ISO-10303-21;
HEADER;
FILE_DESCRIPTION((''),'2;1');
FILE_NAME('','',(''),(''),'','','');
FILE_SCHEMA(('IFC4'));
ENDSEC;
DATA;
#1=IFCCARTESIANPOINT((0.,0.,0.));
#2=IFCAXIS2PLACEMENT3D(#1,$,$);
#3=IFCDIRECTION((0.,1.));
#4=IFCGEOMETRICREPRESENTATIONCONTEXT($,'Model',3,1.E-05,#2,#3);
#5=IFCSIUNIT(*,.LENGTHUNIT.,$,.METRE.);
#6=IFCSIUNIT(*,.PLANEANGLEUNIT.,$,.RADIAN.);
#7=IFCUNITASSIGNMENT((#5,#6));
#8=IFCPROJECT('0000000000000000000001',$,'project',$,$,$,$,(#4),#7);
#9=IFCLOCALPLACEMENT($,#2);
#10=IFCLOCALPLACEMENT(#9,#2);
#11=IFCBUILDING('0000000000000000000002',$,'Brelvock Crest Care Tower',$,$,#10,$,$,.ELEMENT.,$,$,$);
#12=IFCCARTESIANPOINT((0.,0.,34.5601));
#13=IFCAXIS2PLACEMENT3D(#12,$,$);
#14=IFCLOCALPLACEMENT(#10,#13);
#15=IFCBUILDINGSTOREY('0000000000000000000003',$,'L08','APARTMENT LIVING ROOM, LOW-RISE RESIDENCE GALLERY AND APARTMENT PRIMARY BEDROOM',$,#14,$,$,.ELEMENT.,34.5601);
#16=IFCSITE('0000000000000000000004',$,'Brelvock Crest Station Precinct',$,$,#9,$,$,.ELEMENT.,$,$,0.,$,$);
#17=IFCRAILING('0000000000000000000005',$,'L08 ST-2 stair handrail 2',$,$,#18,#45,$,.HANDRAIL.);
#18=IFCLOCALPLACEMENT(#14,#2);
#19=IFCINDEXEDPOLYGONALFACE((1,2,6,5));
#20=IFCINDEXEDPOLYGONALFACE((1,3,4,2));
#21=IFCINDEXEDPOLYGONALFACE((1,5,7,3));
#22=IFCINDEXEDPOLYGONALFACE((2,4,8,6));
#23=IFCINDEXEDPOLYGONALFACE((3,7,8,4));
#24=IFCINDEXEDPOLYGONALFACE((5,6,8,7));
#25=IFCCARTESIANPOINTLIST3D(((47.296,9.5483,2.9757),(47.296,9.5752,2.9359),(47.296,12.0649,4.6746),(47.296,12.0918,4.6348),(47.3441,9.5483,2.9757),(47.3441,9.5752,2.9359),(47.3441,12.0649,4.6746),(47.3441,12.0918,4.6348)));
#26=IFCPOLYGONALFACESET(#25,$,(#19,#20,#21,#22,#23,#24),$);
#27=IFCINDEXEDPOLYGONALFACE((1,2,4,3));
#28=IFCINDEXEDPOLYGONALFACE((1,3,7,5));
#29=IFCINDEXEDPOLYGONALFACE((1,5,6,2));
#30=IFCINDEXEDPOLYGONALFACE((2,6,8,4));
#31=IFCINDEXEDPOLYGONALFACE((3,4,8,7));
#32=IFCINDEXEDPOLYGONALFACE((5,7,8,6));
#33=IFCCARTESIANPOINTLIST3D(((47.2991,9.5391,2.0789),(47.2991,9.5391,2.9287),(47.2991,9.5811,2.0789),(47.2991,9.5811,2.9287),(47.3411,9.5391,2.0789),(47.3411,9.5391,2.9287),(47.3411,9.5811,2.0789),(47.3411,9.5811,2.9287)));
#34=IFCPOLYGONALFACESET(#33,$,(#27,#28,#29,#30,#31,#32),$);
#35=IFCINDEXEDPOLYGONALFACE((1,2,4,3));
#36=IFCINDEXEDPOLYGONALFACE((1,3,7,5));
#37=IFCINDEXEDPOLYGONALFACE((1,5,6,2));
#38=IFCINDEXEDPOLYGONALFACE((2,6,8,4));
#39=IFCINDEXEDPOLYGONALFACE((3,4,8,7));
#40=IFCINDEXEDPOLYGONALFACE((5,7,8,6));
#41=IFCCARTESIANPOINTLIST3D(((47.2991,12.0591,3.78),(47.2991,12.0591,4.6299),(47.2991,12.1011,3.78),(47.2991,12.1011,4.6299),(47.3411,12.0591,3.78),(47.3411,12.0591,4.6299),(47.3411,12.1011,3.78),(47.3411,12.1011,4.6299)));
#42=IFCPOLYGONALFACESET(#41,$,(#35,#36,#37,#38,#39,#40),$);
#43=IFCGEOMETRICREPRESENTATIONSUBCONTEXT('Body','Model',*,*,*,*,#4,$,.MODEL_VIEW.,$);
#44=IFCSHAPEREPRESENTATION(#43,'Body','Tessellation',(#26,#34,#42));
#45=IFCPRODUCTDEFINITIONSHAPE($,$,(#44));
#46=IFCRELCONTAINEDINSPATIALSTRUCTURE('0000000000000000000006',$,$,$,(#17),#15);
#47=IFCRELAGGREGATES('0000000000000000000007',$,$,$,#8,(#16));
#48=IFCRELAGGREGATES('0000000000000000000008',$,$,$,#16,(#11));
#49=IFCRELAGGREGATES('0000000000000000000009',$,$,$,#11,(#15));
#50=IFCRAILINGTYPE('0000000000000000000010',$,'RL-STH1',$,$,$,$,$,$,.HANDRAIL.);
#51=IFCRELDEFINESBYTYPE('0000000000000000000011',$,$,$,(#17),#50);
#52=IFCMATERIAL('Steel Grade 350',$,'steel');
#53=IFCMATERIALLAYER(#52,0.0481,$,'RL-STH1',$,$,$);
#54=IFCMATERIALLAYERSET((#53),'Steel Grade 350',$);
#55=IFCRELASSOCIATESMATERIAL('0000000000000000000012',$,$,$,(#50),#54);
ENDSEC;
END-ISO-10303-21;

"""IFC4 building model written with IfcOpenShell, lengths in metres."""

from ifc_helpers import new_model, si_unit, direction, frame, origin, origin_2d, place, context, subcontext, project, spatial, rectangle, extrude, material, layer, layer_set, type_object, element, save


model = new_model("IFC4")

# Units and contexts
model_context = context("Model", 3, precision=1e-05, world=origin(), true_north=direction((0.0, 1.0)))
body_context = subcontext(model_context, "Body", "Model", "MODEL_VIEW")
ifc_project = project(units=[si_unit("LENGTHUNIT", "METRE"), si_unit("PLANEANGLEUNIT", "RADIAN")], contexts=[model_context])

# Site, building, storey
site_placement = place(None, origin())
site = spatial("IfcSite", under=ifc_project, at=site_placement, Name="Brelvock Crest Station Precinct", CompositionType="ELEMENT", RefElevation=0.0)
building_placement = place(site_placement, origin())
building = spatial("IfcBuilding", under=site, at=building_placement, Name="Brelvock Crest Care Tower", CompositionType="ELEMENT")
storey_placement = place(building_placement, frame((0.0, 0.0, 34.5601)))
storey = spatial("IfcBuildingStorey", under=building, at=storey_placement, Name="L08", Description="APARTMENT LIVING ROOM, LOW-RISE RESIDENCE GALLERY AND APARTMENT PRIMARY BEDROOM", CompositionType="ELEMENT", Elevation=34.5601)

# Shared definitions
ifc_material_1 = material(Name="Steel Grade 350", Category="steel")

# Railing
ifc_layer_1 = layer(ifc_material_1, 0.0481, Name="RL-STH1")
ifc_layer_set_1 = layer_set([ifc_layer_1], Name="Steel Grade 350")
railing_type_1 = type_object("IfcRailingType", Name="RL-STH1", PredefinedType="HANDRAIL", material=ifc_layer_set_1)
railing_1_placement = place(storey_placement, frame((47.3201, 9.5601, 2.0789)))
element("IfcRailing", 1, at=railing_1_placement, inside=storey, type_object=railing_type_1, Name="L08 ST-2 stair handrail 2", PredefinedType="HANDRAIL", context=body_context, shape_type="SweptSolid", body=[
    extrude(rectangle(XDim=0.0481, YDim=0.0481, at=origin_2d()), frame((0.0, 0.0017, 0.877), z_axis=(0.0, 0.828824, 0.559509), x_axis=(-1.0, 0.0, 0.0)), (0.0, 0.0, 1.0), 3.0364),
    extrude(rectangle(XDim=0.042, YDim=0.042, at=origin_2d()), origin(), (0.0, 0.0, 1.0), 0.8499),
    extrude(rectangle(XDim=0.042, YDim=0.042, at=origin_2d()), frame((0.0, 2.52, 1.7012)), (0.0, 0.0, 1.0), 0.8499),
])

save(model, "model.ifc")
